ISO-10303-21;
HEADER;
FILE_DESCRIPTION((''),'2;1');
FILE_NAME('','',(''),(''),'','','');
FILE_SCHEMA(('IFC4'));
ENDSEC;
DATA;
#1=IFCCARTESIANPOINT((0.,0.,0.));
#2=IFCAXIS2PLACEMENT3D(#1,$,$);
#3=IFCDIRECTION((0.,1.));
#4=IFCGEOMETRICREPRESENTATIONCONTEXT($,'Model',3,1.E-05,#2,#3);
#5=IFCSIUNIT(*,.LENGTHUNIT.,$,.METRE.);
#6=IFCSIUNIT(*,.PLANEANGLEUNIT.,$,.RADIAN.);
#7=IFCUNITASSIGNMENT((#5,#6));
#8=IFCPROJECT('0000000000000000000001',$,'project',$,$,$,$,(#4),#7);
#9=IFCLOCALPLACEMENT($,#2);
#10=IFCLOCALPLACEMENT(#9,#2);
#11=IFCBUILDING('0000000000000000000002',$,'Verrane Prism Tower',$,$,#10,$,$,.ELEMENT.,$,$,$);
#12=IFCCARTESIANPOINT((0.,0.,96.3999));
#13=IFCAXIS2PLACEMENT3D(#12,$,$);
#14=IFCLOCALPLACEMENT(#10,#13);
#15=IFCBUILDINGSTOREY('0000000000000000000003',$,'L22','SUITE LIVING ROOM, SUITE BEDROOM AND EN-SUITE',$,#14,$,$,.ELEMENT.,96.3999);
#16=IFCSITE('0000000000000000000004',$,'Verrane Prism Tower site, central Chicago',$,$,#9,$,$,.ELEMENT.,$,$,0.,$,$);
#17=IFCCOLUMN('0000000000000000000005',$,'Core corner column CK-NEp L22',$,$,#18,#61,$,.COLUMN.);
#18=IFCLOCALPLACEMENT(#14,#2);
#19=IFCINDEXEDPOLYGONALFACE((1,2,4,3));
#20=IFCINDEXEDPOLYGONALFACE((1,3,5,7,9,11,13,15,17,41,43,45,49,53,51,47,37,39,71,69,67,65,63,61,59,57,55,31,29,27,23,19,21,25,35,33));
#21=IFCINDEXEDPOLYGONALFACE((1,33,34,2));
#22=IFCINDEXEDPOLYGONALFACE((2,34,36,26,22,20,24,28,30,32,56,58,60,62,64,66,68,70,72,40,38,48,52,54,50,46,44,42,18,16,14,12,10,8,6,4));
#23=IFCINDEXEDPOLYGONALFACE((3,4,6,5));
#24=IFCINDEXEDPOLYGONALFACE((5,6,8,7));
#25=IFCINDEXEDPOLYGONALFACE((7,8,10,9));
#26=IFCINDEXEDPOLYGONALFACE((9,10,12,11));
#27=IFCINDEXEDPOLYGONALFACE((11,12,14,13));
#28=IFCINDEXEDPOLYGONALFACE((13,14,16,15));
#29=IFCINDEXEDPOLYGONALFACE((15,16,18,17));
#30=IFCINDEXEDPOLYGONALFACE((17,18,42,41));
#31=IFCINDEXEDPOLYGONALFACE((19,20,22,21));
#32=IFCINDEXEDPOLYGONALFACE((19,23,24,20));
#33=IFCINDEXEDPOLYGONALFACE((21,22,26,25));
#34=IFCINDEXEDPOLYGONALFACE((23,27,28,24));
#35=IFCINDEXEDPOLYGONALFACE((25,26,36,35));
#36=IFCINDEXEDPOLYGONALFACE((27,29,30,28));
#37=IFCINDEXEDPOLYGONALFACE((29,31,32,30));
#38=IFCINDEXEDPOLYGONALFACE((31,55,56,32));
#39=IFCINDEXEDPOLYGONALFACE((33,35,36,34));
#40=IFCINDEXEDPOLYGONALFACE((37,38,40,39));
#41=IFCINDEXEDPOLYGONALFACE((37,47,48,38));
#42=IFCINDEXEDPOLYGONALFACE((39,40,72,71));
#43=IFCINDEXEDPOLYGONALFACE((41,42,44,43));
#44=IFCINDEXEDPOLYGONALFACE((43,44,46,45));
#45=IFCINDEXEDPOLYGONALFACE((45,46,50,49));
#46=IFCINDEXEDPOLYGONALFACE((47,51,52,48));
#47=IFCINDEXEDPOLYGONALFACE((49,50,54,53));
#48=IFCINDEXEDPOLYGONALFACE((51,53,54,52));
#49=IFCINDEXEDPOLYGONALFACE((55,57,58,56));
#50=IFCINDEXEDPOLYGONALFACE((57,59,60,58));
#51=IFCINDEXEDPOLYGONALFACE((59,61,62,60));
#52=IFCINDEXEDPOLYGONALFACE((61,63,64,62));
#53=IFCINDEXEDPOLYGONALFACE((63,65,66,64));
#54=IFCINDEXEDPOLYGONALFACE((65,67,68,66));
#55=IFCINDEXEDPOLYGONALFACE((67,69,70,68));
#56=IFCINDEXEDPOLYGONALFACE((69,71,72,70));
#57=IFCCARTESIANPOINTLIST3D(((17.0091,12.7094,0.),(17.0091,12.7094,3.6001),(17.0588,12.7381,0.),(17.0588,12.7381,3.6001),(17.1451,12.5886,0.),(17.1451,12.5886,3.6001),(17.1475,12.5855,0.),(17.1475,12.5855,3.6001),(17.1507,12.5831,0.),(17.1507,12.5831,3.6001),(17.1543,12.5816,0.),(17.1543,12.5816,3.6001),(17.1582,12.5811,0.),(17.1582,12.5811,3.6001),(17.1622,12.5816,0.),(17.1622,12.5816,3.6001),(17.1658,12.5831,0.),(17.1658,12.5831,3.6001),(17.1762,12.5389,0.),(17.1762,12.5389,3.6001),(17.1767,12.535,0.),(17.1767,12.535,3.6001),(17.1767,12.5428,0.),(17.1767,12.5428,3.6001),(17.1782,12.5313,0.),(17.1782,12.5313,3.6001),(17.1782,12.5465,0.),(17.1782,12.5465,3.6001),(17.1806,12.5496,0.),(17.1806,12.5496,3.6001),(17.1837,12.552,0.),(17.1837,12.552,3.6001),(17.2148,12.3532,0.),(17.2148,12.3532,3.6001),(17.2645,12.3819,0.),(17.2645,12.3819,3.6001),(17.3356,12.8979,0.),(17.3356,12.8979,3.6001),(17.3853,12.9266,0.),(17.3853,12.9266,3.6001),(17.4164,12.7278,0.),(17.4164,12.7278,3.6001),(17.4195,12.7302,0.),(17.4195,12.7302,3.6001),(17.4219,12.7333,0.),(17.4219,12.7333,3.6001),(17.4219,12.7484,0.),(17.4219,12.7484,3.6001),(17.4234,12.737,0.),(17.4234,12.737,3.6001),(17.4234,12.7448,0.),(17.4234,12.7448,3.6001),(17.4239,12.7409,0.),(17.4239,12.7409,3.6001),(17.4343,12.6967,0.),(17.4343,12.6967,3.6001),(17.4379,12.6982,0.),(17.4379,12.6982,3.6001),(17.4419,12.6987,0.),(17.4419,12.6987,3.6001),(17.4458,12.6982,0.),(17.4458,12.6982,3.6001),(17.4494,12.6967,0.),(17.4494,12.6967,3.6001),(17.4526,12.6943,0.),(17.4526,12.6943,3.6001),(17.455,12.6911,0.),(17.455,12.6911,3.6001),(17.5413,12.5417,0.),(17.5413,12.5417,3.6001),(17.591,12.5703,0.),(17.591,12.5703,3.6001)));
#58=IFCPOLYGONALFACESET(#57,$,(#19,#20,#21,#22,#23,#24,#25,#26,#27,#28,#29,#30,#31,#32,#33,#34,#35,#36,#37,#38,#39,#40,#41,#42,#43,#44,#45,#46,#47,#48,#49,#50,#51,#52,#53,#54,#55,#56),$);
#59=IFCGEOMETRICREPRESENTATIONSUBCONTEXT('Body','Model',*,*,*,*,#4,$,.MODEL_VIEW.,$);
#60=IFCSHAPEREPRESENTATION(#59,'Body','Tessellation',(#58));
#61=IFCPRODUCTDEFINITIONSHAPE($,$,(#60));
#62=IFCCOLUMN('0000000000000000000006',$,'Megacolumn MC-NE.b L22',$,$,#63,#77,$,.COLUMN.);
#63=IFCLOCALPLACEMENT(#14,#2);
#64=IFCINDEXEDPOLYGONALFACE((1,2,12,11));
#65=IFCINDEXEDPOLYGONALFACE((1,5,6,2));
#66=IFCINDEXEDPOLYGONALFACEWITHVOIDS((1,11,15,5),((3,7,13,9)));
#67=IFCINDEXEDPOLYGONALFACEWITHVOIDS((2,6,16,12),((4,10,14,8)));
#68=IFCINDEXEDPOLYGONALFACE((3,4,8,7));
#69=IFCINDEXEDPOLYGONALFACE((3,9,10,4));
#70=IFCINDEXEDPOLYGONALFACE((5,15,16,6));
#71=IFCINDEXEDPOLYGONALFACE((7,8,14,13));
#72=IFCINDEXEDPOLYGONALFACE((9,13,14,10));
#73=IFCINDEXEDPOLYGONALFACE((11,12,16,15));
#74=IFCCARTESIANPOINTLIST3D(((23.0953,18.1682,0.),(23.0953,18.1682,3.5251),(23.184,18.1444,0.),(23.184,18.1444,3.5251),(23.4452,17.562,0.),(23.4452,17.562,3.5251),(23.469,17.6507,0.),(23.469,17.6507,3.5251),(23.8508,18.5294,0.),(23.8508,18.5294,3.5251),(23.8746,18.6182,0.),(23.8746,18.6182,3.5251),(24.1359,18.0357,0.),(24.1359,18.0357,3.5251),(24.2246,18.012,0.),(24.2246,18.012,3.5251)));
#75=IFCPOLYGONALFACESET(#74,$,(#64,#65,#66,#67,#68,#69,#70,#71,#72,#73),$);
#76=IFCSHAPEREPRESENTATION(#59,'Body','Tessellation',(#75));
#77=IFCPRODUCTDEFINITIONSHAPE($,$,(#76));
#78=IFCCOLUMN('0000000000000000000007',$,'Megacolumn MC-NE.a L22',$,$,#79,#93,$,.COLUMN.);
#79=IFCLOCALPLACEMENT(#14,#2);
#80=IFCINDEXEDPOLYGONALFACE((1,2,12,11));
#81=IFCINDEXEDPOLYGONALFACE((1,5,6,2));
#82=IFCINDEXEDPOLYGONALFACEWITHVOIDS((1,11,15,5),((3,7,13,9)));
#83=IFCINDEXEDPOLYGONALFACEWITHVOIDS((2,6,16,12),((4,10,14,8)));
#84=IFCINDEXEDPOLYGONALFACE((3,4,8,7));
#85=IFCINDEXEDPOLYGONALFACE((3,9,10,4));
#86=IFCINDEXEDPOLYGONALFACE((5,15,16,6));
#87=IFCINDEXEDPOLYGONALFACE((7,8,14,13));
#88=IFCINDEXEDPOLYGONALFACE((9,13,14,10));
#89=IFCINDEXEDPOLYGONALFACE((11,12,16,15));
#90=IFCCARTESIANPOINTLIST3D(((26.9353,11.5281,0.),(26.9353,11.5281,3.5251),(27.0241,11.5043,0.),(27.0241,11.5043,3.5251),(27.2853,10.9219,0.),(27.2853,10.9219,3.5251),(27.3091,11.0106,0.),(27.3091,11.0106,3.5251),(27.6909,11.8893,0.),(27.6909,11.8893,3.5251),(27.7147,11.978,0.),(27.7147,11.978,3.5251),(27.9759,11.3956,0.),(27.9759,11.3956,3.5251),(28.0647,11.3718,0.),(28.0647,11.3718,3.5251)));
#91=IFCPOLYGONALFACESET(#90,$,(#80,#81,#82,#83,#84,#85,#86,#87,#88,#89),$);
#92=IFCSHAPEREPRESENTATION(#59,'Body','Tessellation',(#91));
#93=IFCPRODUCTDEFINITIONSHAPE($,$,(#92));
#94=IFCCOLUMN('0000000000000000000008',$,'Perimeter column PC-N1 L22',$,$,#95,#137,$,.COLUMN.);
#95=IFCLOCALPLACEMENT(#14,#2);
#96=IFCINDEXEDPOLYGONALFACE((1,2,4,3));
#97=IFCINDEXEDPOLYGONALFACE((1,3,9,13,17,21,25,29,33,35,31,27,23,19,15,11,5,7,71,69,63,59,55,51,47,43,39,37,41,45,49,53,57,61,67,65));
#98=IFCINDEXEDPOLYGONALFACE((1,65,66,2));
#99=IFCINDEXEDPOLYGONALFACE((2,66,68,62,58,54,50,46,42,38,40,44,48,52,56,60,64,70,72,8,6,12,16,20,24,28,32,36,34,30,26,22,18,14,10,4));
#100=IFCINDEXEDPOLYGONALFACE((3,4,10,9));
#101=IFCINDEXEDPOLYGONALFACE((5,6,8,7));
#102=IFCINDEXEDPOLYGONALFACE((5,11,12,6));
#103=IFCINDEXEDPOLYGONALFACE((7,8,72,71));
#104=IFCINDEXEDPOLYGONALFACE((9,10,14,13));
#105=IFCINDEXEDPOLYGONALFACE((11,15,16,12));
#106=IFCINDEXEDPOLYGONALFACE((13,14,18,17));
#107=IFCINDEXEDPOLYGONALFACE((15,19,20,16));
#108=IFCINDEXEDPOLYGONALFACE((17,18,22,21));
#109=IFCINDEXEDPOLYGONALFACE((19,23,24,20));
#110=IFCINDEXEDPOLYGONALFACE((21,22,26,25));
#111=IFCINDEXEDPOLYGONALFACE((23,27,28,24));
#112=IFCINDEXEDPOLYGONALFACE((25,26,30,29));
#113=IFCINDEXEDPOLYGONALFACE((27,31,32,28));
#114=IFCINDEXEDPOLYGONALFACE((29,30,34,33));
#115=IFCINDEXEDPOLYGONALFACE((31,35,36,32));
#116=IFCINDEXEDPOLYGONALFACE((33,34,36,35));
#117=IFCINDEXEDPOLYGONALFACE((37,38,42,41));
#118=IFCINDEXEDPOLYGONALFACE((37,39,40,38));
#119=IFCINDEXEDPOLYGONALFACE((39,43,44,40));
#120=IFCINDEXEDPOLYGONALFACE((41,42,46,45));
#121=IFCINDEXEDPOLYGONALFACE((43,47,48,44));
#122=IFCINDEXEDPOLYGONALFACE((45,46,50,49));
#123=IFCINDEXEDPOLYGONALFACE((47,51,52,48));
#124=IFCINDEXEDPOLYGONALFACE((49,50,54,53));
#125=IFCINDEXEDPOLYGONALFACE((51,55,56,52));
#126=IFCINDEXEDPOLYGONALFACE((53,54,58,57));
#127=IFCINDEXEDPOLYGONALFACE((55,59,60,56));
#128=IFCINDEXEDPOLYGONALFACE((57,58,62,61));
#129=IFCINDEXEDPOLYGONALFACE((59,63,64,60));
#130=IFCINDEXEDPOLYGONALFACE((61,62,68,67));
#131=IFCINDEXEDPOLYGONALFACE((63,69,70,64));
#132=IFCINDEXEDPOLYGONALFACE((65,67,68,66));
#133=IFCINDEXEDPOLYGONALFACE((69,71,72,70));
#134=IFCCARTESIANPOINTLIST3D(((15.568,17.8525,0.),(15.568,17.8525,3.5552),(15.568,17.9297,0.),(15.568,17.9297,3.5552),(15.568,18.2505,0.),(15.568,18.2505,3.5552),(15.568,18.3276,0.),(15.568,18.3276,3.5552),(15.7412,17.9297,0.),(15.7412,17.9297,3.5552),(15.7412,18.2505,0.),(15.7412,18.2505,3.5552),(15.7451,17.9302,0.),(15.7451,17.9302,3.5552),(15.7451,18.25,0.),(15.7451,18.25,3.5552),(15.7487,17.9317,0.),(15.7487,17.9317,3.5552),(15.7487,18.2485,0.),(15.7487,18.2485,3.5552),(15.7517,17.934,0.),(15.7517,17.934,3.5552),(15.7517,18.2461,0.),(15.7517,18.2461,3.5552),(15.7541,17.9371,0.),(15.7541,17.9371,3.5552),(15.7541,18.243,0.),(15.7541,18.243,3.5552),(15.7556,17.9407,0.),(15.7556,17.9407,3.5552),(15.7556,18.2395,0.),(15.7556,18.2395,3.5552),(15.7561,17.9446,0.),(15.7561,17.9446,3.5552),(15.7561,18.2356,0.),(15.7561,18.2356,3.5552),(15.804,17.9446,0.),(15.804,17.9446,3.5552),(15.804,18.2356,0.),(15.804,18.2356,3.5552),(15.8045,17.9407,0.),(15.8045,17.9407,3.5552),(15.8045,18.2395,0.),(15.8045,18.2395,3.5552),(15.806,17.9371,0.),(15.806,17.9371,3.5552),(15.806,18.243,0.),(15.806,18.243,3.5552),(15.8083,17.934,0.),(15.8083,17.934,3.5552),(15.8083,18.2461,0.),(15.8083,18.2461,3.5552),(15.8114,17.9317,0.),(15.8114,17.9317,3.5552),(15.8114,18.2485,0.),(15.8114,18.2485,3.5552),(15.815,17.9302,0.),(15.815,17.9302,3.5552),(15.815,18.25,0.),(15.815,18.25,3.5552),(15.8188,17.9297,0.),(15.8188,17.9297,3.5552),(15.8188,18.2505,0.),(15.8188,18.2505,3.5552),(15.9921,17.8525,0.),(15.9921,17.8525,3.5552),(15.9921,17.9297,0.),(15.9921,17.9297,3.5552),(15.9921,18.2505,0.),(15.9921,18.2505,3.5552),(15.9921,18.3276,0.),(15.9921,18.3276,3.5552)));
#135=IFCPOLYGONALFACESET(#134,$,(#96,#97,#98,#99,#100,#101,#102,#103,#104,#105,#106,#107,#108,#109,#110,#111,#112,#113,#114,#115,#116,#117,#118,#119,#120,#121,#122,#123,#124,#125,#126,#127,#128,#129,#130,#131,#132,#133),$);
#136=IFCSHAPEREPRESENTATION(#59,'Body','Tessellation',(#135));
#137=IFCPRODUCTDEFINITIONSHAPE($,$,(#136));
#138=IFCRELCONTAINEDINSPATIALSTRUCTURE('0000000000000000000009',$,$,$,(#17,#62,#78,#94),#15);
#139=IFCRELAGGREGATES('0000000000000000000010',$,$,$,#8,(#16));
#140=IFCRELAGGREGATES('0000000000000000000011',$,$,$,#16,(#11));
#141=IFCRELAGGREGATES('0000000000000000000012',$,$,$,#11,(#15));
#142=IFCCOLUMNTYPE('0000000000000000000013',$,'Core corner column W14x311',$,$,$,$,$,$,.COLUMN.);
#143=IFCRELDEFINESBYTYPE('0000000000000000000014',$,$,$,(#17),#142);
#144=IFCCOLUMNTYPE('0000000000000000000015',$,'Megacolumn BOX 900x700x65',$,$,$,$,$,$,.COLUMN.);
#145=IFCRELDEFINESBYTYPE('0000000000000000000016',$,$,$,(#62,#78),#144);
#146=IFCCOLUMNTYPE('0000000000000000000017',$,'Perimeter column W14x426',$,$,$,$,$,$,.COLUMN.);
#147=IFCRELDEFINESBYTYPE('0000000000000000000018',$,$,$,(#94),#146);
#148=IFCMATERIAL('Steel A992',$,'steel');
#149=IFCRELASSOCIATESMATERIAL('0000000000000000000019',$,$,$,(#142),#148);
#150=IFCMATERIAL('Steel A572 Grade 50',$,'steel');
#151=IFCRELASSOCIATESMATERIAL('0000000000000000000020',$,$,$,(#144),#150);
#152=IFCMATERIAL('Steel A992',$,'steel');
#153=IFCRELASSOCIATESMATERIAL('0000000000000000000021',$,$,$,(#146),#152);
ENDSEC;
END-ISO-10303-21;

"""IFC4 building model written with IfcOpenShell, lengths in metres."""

from ifc_helpers import new_model, si_unit, direction, frame, origin, origin_2d, place, context, subcontext, project, spatial, hollow_rectangle, i_section, extrude, material, material_profile, profile_set, type_object, element, save


model = new_model("IFC4")

# Units and contexts
model_context = context("Model", 3, precision=1e-05, world=origin(), true_north=direction((0.0, 1.0)))
body_context = subcontext(model_context, "Body", "Model", "MODEL_VIEW")
ifc_project = project(units=[si_unit("LENGTHUNIT", "METRE"), si_unit("PLANEANGLEUNIT", "RADIAN")], contexts=[model_context])

# Site, building, storey
site_placement = place(None, origin())
site = spatial("IfcSite", under=ifc_project, at=site_placement, Name="Verrane Prism Tower site, central Chicago", CompositionType="ELEMENT", RefElevation=0.0)
building_placement = place(site_placement, origin())
building = spatial("IfcBuilding", under=site, at=building_placement, Name="Verrane Prism Tower", CompositionType="ELEMENT")
storey_placement = place(building_placement, frame((0.0, 0.0, 96.3999)))
storey = spatial("IfcBuildingStorey", under=building, at=storey_placement, Name="L22", Description="SUITE LIVING ROOM, SUITE BEDROOM AND EN-SUITE", CompositionType="ELEMENT", Elevation=96.3999)

# Columns
ifc_material_1 = material(Name="Steel A992", Category="steel")
ifc_material_profile_1 = material_profile(ifc_material_1, i_section(OverallWidth=0.4114, OverallDepth=0.4343, WebThickness=0.0359, FlangeThickness=0.0574, FilletRadius=0.0151, at=origin_2d()), Name="W14x311")
ifc_profile_set_1 = profile_set([ifc_material_profile_1], Name="Steel A992")
column_type_1 = type_object("IfcColumnType", Name="Core corner column W14x311", PredefinedType="COLUMN", material=ifc_profile_set_1)
column_1_placement = place(storey_placement, frame((17.3, 12.6399, 0.0), z_axis=(0.0, 0.0, 1.0), x_axis=(0.5, -0.866025, 0.0)))
element("IfcColumn", 1, at=column_1_placement, inside=storey, type_object=column_type_1, Name="Core corner column CK-NEp L22", PredefinedType="COLUMN", context=body_context, shape_type="SweptSolid", body=[
    extrude(i_section(OverallWidth=0.4114, OverallDepth=0.4343, WebThickness=0.0359, FlangeThickness=0.0574, FilletRadius=0.0151, at=origin_2d()), origin(), (0.0, 0.0, 1.0), 3.6001),
])
ifc_material_2 = material(Name="Steel A572 Grade 50", Category="steel")
ifc_material_profile_2 = material_profile(ifc_material_2, hollow_rectangle(XDim=0.7, YDim=0.8999, WallThickness=0.0649, at=origin_2d()), Name="BOX 900x700x65")
ifc_profile_set_2 = profile_set([ifc_material_profile_2], Name="Steel A572 Grade 50")
column_type_2 = type_object("IfcColumnType", Name="Megacolumn BOX 900x700x65", PredefinedType="COLUMN", material=ifc_profile_set_2)
for number, where, z_axis, x_axis, name in (
    (2, (23.6599, 18.0901, 0.0), (0.0, 0.0, 1.0), (0.5, -0.866025, 0.0), "Megacolumn MC-NE.b L22"),
    (3, (27.5, 11.45, 0.0), (0.0, 0.0, 1.0), (0.5, -0.866025, 0.0), "Megacolumn MC-NE.a L22"),
):
    element("IfcColumn", number, at=place(storey_placement, frame(where, z_axis=z_axis, x_axis=x_axis)), inside=storey, type_object=column_type_2, Name=name, PredefinedType="COLUMN", context=body_context, shape_type="SweptSolid", body=[
        extrude(hollow_rectangle(XDim=0.7, YDim=0.8999, WallThickness=0.0649, at=origin_2d()), origin(), (0.0, 0.0, 1.0), 3.5251),
    ])
ifc_material_3 = material(Name="Steel A992", Category="steel")
ifc_material_profile_3 = material_profile(ifc_material_3, i_section(OverallWidth=0.4241, OverallDepth=0.4751, WebThickness=0.0479, FlangeThickness=0.0771, FilletRadius=0.0149, at=origin_2d()), Name="W14x426")
ifc_profile_set_3 = profile_set([ifc_material_profile_3], Name="Steel A992")
column_type_3 = type_object("IfcColumnType", Name="Perimeter column W14x426", PredefinedType="COLUMN", material=ifc_profile_set_3)
column_2_placement = place(storey_placement, frame((15.78, 18.0901, 0.0), z_axis=(0.0, 0.0, 1.0), x_axis=(1.0, 0.0, 0.0)))
element("IfcColumn", 4, at=column_2_placement, inside=storey, type_object=column_type_3, Name="Perimeter column PC-N1 L22", PredefinedType="COLUMN", context=body_context, shape_type="SweptSolid", body=[
    extrude(i_section(OverallWidth=0.4241, OverallDepth=0.4751, WebThickness=0.0479, FlangeThickness=0.0771, FilletRadius=0.0149, at=origin_2d()), origin(), (0.0, 0.0, 1.0), 3.5552),
])

save(model, "model.ifc")
